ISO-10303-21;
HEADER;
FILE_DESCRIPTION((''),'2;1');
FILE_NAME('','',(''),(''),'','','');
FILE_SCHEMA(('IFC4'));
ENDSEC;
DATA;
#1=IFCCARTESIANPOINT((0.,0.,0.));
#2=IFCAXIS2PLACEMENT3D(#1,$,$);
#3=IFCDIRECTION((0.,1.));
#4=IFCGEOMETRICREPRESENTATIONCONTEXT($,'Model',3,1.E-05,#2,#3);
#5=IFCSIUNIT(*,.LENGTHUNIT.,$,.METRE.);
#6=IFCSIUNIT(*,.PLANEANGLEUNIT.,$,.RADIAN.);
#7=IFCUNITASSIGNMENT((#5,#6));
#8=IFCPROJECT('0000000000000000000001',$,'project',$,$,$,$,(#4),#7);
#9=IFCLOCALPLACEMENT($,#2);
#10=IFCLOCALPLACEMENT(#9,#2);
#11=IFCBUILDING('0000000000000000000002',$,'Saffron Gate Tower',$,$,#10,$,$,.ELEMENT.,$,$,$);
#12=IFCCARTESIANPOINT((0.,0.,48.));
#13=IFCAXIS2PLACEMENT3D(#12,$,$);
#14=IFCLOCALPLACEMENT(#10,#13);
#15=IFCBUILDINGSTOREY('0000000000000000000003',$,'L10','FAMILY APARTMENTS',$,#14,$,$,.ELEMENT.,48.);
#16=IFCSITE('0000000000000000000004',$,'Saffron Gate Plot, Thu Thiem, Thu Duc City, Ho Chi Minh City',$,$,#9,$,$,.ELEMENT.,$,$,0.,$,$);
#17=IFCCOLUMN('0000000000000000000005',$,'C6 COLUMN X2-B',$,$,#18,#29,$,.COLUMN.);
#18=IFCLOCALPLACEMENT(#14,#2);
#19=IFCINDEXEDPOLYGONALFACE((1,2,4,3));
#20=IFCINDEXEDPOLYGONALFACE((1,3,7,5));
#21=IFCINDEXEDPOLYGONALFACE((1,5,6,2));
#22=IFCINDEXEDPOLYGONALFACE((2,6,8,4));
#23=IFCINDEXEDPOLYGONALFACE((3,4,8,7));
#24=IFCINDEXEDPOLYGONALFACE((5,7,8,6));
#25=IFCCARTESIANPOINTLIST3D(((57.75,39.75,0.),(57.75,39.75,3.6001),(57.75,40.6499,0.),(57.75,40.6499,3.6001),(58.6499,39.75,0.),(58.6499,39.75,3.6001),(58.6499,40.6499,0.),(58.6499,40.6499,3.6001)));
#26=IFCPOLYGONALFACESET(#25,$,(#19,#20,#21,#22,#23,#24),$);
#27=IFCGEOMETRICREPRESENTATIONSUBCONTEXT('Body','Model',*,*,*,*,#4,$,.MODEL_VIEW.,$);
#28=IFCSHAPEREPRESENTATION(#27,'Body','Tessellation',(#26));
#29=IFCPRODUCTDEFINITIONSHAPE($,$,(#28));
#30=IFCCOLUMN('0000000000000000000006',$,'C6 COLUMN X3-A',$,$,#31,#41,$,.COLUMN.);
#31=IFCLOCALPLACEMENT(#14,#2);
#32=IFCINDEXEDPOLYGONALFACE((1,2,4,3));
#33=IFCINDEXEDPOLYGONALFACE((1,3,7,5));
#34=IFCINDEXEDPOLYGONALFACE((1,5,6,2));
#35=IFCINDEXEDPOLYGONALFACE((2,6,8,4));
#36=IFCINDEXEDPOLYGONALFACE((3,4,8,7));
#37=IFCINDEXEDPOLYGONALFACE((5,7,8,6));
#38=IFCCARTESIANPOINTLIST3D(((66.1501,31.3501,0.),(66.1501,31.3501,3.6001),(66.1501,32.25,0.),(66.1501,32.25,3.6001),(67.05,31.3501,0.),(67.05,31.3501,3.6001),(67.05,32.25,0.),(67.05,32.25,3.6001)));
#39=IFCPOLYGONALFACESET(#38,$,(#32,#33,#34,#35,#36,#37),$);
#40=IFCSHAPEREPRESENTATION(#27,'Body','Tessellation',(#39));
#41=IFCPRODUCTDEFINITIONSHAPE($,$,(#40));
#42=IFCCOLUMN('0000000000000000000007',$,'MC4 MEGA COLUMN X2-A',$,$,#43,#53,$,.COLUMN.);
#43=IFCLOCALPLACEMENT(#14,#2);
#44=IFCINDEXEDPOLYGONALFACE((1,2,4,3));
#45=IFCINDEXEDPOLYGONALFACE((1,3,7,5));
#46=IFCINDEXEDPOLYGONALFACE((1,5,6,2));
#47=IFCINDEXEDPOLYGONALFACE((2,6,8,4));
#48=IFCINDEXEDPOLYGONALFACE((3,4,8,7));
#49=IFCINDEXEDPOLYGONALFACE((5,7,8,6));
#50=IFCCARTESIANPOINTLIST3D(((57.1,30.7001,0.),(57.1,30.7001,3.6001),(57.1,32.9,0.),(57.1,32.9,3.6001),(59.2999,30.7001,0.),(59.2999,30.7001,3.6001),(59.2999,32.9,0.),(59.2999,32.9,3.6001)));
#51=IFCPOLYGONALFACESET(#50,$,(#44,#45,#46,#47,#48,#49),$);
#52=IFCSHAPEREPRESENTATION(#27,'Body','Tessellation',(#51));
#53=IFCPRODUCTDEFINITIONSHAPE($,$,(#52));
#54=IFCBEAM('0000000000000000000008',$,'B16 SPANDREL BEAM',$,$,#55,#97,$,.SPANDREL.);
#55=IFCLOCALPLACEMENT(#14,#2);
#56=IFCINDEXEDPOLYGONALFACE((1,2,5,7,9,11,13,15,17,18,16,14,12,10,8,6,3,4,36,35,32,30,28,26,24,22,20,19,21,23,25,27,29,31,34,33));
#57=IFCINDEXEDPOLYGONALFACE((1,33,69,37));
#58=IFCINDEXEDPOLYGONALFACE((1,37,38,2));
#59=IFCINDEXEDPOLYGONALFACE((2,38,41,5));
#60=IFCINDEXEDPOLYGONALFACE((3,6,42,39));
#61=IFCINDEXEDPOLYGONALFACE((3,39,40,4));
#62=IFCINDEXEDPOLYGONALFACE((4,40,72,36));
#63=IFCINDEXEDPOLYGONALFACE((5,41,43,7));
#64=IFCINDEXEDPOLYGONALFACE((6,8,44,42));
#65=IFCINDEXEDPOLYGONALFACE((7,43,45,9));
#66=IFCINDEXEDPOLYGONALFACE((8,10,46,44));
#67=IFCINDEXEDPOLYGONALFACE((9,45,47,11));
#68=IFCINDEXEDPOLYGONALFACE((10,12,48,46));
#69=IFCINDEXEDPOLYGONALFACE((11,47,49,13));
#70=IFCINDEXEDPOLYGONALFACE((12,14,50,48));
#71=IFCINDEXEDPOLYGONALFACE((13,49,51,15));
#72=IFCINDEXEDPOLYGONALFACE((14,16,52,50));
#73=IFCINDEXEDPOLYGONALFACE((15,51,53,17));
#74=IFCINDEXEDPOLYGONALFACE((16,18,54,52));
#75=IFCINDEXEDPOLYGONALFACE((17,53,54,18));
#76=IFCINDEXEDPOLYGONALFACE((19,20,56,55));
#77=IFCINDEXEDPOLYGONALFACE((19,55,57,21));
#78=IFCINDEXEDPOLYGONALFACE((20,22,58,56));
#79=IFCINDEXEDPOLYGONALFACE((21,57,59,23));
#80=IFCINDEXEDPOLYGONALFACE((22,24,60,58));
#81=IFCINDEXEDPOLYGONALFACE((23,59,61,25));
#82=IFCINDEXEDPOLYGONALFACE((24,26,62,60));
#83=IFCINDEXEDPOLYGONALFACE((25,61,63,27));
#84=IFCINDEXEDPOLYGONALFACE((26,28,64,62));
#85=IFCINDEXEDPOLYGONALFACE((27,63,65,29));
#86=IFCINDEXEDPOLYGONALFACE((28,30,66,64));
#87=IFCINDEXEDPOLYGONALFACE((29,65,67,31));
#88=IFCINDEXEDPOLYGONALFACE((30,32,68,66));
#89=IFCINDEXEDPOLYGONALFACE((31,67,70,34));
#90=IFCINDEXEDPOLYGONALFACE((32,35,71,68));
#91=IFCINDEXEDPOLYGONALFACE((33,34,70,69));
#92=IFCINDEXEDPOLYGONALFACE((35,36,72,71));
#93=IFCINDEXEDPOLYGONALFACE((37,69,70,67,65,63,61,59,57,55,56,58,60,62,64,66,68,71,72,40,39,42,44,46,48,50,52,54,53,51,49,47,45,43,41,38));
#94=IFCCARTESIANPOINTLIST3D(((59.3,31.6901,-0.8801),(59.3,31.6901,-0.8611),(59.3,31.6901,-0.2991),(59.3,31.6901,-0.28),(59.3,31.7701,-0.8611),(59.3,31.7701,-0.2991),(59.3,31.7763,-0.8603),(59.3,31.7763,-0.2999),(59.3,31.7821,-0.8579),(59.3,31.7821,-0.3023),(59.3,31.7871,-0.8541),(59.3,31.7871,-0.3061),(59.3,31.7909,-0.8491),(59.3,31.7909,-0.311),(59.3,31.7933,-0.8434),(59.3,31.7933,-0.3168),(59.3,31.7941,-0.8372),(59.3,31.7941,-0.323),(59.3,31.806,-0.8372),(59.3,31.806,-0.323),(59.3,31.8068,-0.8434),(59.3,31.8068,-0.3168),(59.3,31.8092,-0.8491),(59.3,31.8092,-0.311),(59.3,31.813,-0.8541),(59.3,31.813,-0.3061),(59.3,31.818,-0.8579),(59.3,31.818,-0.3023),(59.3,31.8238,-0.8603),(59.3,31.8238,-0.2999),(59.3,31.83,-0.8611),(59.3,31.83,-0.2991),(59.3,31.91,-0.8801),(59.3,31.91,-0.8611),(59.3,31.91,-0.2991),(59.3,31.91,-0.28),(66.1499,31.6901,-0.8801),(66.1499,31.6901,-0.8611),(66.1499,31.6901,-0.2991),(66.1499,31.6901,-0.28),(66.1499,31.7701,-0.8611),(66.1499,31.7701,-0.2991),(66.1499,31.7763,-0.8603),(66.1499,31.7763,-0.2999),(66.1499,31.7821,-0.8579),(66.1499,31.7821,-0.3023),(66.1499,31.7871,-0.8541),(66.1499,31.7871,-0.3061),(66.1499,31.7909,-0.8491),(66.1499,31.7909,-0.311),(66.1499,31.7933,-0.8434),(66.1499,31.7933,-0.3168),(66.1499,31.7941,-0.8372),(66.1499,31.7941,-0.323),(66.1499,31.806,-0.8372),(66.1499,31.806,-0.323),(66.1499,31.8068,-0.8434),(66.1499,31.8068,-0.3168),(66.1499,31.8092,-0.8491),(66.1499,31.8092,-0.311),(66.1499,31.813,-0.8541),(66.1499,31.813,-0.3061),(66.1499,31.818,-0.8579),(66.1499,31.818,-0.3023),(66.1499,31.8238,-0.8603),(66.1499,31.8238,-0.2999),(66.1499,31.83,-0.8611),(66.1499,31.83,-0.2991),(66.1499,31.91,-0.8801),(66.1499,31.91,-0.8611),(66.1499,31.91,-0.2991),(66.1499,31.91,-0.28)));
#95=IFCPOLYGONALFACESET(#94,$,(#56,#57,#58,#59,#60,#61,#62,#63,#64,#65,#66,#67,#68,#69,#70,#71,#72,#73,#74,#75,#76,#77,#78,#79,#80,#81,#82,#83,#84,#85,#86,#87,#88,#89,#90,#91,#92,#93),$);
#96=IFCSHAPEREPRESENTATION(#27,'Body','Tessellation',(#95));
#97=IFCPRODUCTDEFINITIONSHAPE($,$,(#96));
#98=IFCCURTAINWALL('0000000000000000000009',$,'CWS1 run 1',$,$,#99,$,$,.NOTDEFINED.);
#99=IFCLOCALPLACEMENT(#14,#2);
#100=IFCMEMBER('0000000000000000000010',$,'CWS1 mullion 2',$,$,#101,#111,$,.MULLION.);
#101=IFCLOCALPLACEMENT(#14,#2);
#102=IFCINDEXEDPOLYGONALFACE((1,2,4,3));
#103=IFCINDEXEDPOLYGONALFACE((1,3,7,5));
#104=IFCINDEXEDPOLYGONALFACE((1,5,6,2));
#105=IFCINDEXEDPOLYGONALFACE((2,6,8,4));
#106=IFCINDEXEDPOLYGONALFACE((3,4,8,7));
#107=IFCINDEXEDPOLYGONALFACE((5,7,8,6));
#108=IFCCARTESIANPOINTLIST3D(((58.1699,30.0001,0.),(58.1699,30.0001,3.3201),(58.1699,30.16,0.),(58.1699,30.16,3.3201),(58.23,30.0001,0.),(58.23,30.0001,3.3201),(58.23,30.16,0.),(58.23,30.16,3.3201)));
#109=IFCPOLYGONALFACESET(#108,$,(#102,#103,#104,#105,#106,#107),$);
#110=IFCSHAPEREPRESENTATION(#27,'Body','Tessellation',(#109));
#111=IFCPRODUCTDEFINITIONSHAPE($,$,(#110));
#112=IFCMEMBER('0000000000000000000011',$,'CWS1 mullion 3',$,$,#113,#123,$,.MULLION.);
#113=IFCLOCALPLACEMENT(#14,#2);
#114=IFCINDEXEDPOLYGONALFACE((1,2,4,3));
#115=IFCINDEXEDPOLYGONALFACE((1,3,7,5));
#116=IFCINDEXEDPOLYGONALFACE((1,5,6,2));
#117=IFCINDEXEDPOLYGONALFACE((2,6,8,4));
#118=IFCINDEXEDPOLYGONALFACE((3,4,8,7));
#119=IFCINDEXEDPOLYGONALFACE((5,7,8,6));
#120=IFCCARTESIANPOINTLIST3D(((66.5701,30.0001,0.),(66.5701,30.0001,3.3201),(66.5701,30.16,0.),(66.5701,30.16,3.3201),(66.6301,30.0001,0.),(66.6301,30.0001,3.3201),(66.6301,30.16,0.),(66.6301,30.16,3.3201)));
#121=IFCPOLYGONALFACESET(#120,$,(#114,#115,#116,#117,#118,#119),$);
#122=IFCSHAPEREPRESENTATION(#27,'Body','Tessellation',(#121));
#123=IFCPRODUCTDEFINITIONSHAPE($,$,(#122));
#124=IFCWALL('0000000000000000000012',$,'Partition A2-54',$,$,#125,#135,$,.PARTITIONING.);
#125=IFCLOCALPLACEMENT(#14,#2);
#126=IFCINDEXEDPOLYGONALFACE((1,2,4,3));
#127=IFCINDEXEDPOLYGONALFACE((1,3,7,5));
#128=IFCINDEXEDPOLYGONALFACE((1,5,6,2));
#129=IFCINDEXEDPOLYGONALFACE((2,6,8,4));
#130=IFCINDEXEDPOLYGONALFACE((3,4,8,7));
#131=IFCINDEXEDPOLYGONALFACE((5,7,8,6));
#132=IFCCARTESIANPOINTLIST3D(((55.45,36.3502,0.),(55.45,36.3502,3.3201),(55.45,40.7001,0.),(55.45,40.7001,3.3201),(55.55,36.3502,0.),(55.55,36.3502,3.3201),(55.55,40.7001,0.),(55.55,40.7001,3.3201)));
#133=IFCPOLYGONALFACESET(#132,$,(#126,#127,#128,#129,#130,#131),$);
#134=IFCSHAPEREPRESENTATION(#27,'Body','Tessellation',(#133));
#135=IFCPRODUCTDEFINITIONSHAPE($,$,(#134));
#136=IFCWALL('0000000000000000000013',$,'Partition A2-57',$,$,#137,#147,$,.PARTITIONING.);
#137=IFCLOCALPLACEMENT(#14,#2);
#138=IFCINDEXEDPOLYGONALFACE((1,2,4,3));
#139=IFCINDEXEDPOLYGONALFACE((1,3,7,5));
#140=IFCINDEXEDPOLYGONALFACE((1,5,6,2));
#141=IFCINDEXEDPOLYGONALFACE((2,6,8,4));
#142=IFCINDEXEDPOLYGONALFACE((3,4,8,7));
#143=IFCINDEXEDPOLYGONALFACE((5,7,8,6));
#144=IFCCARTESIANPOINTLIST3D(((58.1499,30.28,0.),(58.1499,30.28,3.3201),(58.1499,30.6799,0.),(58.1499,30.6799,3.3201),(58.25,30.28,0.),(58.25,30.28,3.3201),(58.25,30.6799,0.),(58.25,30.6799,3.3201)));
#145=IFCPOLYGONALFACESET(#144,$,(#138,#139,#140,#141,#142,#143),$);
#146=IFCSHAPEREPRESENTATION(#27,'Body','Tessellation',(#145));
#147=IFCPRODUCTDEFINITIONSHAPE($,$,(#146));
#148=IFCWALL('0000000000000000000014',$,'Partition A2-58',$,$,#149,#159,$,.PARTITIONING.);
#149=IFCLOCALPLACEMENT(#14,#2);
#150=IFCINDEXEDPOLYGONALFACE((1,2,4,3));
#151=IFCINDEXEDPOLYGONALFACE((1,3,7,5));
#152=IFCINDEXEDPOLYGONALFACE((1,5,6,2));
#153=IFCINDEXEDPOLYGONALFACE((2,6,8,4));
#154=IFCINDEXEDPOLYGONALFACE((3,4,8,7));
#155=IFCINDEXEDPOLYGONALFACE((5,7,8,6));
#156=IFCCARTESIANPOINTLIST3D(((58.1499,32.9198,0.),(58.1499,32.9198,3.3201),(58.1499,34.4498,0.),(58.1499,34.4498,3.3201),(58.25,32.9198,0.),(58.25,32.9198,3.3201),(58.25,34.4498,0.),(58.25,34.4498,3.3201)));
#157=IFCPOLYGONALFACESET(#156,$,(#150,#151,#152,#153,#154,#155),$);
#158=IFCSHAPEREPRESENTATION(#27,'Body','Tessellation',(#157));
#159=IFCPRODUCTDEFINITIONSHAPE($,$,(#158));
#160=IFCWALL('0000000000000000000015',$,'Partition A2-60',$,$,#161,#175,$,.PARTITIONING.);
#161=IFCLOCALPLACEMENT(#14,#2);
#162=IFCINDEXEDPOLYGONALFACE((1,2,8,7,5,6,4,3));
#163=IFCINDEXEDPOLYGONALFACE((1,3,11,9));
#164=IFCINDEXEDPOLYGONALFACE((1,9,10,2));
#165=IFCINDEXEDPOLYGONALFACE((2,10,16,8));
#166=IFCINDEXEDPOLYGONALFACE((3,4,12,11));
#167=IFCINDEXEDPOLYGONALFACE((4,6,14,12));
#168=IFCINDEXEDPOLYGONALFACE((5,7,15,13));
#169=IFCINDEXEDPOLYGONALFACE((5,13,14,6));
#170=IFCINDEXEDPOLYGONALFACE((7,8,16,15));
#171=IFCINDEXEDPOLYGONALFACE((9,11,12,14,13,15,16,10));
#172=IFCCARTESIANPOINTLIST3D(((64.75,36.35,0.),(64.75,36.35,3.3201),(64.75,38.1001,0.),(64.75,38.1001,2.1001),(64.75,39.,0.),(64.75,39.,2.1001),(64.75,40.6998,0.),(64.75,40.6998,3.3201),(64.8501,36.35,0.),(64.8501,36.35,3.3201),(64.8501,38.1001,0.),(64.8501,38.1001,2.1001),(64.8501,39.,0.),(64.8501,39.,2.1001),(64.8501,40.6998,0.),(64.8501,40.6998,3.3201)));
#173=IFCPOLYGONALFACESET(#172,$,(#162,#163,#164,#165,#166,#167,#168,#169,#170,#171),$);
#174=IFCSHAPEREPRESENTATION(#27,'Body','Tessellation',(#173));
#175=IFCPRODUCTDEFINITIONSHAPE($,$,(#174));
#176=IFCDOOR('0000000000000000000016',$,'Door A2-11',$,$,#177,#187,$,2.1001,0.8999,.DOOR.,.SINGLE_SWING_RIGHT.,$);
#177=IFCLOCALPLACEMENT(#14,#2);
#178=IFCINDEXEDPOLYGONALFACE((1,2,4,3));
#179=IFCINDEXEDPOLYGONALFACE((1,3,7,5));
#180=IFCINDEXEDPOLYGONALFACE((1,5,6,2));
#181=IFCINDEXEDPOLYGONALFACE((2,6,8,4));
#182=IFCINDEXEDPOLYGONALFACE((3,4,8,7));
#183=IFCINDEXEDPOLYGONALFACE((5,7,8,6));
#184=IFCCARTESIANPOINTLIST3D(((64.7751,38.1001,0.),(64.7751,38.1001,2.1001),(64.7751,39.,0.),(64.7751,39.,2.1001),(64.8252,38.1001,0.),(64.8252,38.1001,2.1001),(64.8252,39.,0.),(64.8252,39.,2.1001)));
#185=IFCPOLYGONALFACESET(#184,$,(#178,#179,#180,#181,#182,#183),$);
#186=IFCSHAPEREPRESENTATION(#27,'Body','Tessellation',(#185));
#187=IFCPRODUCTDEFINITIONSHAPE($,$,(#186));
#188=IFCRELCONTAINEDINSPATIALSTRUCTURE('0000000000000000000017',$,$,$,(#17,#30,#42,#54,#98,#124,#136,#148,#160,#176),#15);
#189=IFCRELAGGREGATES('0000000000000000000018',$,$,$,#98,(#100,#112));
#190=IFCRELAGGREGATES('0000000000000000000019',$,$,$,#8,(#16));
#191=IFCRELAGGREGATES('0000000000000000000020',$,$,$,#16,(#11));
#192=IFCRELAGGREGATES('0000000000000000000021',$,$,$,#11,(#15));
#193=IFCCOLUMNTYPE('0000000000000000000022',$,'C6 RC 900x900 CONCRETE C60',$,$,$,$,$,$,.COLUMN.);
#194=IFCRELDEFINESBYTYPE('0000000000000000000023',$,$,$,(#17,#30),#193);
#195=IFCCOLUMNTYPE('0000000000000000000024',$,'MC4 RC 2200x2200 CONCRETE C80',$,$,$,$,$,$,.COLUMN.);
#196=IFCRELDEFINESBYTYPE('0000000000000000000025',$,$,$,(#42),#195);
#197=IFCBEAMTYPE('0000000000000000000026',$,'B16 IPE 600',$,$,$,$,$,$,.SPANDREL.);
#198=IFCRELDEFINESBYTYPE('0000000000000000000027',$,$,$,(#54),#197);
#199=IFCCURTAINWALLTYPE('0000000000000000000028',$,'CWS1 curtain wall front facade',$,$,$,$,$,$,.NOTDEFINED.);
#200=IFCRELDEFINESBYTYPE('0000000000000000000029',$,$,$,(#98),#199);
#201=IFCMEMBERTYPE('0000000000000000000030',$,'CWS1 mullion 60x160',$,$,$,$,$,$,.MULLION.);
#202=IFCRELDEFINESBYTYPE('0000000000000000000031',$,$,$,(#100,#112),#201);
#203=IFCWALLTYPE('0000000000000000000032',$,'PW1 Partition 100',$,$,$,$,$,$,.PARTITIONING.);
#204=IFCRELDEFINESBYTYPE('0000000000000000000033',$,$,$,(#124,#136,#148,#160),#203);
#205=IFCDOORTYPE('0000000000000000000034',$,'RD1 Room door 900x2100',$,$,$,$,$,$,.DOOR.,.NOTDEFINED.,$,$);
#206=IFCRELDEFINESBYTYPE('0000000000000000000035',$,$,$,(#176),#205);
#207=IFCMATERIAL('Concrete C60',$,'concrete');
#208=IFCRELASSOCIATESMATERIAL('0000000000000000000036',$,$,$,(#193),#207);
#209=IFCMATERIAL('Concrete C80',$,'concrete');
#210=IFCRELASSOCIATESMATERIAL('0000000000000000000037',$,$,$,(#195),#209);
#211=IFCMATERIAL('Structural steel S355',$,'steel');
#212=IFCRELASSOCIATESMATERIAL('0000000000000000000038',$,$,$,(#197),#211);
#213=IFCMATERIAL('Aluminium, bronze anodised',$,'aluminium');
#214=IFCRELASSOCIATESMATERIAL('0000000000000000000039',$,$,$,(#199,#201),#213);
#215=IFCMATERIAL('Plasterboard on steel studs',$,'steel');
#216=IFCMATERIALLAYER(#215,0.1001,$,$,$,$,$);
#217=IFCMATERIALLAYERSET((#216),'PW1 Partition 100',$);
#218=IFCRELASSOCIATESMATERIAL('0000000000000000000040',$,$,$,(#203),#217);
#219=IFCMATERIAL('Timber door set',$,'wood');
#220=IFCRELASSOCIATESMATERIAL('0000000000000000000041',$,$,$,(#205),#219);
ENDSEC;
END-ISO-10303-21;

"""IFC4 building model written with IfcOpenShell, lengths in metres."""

from ifc_helpers import new_model, si_unit, direction, frame, frame_2d, origin, origin_2d, place, context, subcontext, project, spatial, rectangle, i_section, extrude, material, layer, layer_set, material_profile, profile_set, type_object, element, fill, aggregate, save


model = new_model("IFC4")

# Units and contexts
model_context = context("Model", 3, precision=1e-05, world=origin(), true_north=direction((0.0, 1.0)))
body_context = subcontext(model_context, "Body", "Model", "MODEL_VIEW")
ifc_project = project(units=[si_unit("LENGTHUNIT", "METRE"), si_unit("PLANEANGLEUNIT", "RADIAN")], contexts=[model_context])

# Site, building, storey
site_placement = place(None, origin())
site = spatial("IfcSite", under=ifc_project, at=site_placement, Name="Saffron Gate Plot, Thu Thiem, Thu Duc City, Ho Chi Minh City", CompositionType="ELEMENT", RefElevation=0.0)
building_placement = place(site_placement, origin())
building = spatial("IfcBuilding", under=site, at=building_placement, Name="Saffron Gate Tower", CompositionType="ELEMENT")
storey_placement = place(building_placement, frame((0.0, 0.0, 48.0)))
storey = spatial("IfcBuildingStorey", under=building, at=storey_placement, Name="L10", Description="FAMILY APARTMENTS", CompositionType="ELEMENT", Elevation=48.0)

# Columns
ifc_material_1 = material(Name="Concrete C60", Category="concrete")
ifc_material_profile_1 = material_profile(ifc_material_1, rectangle(XDim=0.8999, YDim=0.8999, at=origin_2d()))
ifc_profile_set_1 = profile_set([ifc_material_profile_1], Name="Concrete C60")
column_type_1 = type_object("IfcColumnType", Name="C6 RC 900x900 CONCRETE C60", PredefinedType="COLUMN", material=ifc_profile_set_1)
for number, where, z_axis, x_axis, name in (
    (1, (58.2, 40.2, 0.0), (0.0, 0.0, 1.0), (1.0, 0.0, 0.0), "C6 COLUMN X2-B"),
    (2, (66.6001, 31.8, 0.0), (0.0, 0.0, 1.0), (1.0, 0.0, 0.0), "C6 COLUMN X3-A"),
):
    element("IfcColumn", number, at=place(storey_placement, frame(where, z_axis=z_axis, x_axis=x_axis)), inside=storey, type_object=column_type_1, Name=name, PredefinedType="COLUMN", context=body_context, shape_type="SweptSolid", body=[
        extrude(rectangle(XDim=0.8999, YDim=0.8999, at=origin_2d()), origin(), (0.0, 0.0, 1.0), 3.6001),
    ])
ifc_material_2 = material(Name="Concrete C80", Category="concrete")
ifc_material_profile_2 = material_profile(ifc_material_2, rectangle(XDim=2.2, YDim=2.2, at=origin_2d()))
ifc_profile_set_2 = profile_set([ifc_material_profile_2], Name="Concrete C80")
column_type_2 = type_object("IfcColumnType", Name="MC4 RC 2200x2200 CONCRETE C80", PredefinedType="COLUMN", material=ifc_profile_set_2)
column_placement = place(storey_placement, frame((58.2, 31.8, 0.0), z_axis=(0.0, 0.0, 1.0), x_axis=(1.0, 0.0, 0.0)))
element("IfcColumn", 3, at=column_placement, inside=storey, type_object=column_type_2, Name="MC4 MEGA COLUMN X2-A", PredefinedType="COLUMN", context=body_context, shape_type="SweptSolid", body=[
    extrude(rectangle(XDim=2.2, YDim=2.2, at=origin_2d()), origin(), (0.0, 0.0, 1.0), 3.6001),
])

# Beam
ifc_material_3 = material(Name="Structural steel S355", Category="steel")
ifc_material_profile_3 = material_profile(ifc_material_3, i_section(OverallWidth=0.22, OverallDepth=0.6001, WebThickness=0.012, FlangeThickness=0.019, FilletRadius=0.0239, at=origin_2d()))
ifc_profile_set_3 = profile_set([ifc_material_profile_3], Name="Structural steel S355")
beam_type = type_object("IfcBeamType", Name="B16 IPE 600", PredefinedType="SPANDREL", material=ifc_profile_set_3)
beam_placement = place(storey_placement, frame((59.3, 31.8, -0.5801), z_axis=(1.0, 0.0, 0.0), x_axis=(0.0, 1.0, 0.0)))
element("IfcBeam", 4, at=beam_placement, inside=storey, type_object=beam_type, Name="B16 SPANDREL BEAM", PredefinedType="SPANDREL", context=body_context, shape_type="SweptSolid", body=[
    extrude(i_section(OverallWidth=0.22, OverallDepth=0.6001, WebThickness=0.012, FlangeThickness=0.019, FilletRadius=0.0239, at=origin_2d()), origin(), (0.0, 0.0, 1.0), 6.8499),
])

# Curtain wall, members
ifc_material_4 = material(Name="Aluminium, bronze anodised", Category="aluminium")
curtain_wall_type = type_object("IfcCurtainWallType", Name="CWS1 curtain wall front facade", PredefinedType="NOTDEFINED", material=ifc_material_4)
curtain_wall_placement = place(storey_placement, origin())
curtain_wall = element("IfcCurtainWall", 5, at=curtain_wall_placement, inside=storey, type_object=curtain_wall_type, Name="CWS1 run 1", PredefinedType="NOTDEFINED")
ifc_material_profile_4 = material_profile(ifc_material_4, rectangle(XDim=0.1599, YDim=0.0601, at=origin_2d()))
ifc_profile_set_4 = profile_set([ifc_material_profile_4], Name="Aluminium, bronze anodised")
member_type = type_object("IfcMemberType", Name="CWS1 mullion 60x160", PredefinedType="MULLION", material=ifc_profile_set_4)
member_1_placement = place(storey_placement, frame((58.2, 30.0801, 0.0), z_axis=(0.0, 0.0, 1.0), x_axis=(0.0, 1.0, 0.0)))
member_1 = element("IfcMember", 6, at=member_1_placement, type_object=member_type, Name="CWS1 mullion 2", PredefinedType="MULLION", context=body_context, shape_type="SweptSolid", body=[
    extrude(rectangle(XDim=0.1599, YDim=0.0601, at=origin_2d()), origin(), (0.0, 0.0, 1.0), 3.3201),
])
member_2_placement = place(storey_placement, frame((66.6001, 30.0801, 0.0), z_axis=(0.0, 0.0, 1.0), x_axis=(0.0, 1.0, 0.0)))
member_2 = element("IfcMember", 7, at=member_2_placement, type_object=member_type, Name="CWS1 mullion 3", PredefinedType="MULLION", context=body_context, shape_type="SweptSolid", body=[
    extrude(rectangle(XDim=0.1599, YDim=0.0601, at=origin_2d()), origin(), (0.0, 0.0, 1.0), 3.3201),
])
aggregate(curtain_wall, [member_1, member_2])

# Walls
ifc_material_5 = material(Name="Plasterboard on steel studs", Category="steel")
ifc_layer_1 = layer(ifc_material_5, 0.1001)
ifc_layer_set_1 = layer_set([ifc_layer_1], Name="PW1 Partition 100")
wall_type_1 = type_object("IfcWallType", Name="PW1 Partition 100", PredefinedType="PARTITIONING", material=ifc_layer_set_1)
wall_1_placement = place(storey_placement, frame((55.5, 40.7, 0.0), z_axis=(0.0, 0.0, 1.0), x_axis=(0.0, -1.0, 0.0)))
element("IfcWall", 8, at=wall_1_placement, inside=storey, type_object=wall_type_1, Name="Partition A2-54", PredefinedType="PARTITIONING", context=body_context, shape_type="SweptSolid", body=[
    extrude(rectangle(XDim=4.3499, YDim=0.1001, at=frame_2d((2.1748, 0.0))), origin(), (0.0, 0.0, 1.0), 3.3201),
])
wall_2_placement = place(storey_placement, frame((58.2, 30.6799, 0.0), z_axis=(0.0, 0.0, 1.0), x_axis=(0.0, -1.0, 0.0)))
element("IfcWall", 9, at=wall_2_placement, inside=storey, type_object=wall_type_1, Name="Partition A2-57", PredefinedType="PARTITIONING", context=body_context, shape_type="SweptSolid", body=[
    extrude(rectangle(XDim=0.3999, YDim=0.1001, at=frame_2d((0.2, 0.0))), origin(), (0.0, 0.0, 1.0), 3.3201),
])
wall_3_placement = place(storey_placement, frame((58.2, 34.45, 0.0), z_axis=(0.0, 0.0, 1.0), x_axis=(0.0, -1.0, 0.0)))
element("IfcWall", 10, at=wall_3_placement, inside=storey, type_object=wall_type_1, Name="Partition A2-58", PredefinedType="PARTITIONING", context=body_context, shape_type="SweptSolid", body=[
    extrude(rectangle(XDim=1.53, YDim=0.1001, at=frame_2d((0.7651, 0.0))), origin(), (0.0, 0.0, 1.0), 3.3201),
])

# Wall, opening, door
wall_4_placement = place(storey_placement, frame((64.8, 36.3501, 0.0), z_axis=(0.0, 0.0, 1.0), x_axis=(0.0, 1.0, 0.0)))
wall_4 = element("IfcWall", 11, at=wall_4_placement, inside=storey, type_object=wall_type_1, Name="Partition A2-60", PredefinedType="PARTITIONING", context=body_context, shape_type="SweptSolid", body=[
    extrude(rectangle(XDim=4.3499, YDim=0.1001, at=frame_2d((2.1748, 0.0))), origin(), (0.0, 0.0, 1.0), 3.3201),
])
opening_1_placement = place(wall_4_placement, frame((1.75, 0.0, 0.0)))
opening_1 = element("IfcOpeningElement", 12, at=opening_1_placement, cuts=wall_4, PredefinedType="OPENING", context=body_context, shape_type="SweptSolid", body=[
    extrude(rectangle(XDim=0.8999, YDim=2.1001, at=frame_2d((0.45, 1.05))), frame((0.0, 0.0601, 0.0), z_axis=(0.0, -1.0, 0.0), x_axis=(1.0, 0.0, 0.0)), (0.0, 0.0, 1.0), 0.1201),
])
ifc_material_6 = material(Name="Timber door set", Category="wood")
door_type_1 = type_object("IfcDoorType", Name="RD1 Room door 900x2100", OperationType="NOTDEFINED", PredefinedType="DOOR", material=ifc_material_6)
door_1_placement = place(opening_1_placement, origin())
door_1 = element("IfcDoor", 13, at=door_1_placement, inside=storey, type_object=door_type_1, Name="Door A2-11", OperationType="SINGLE_SWING_RIGHT", OverallHeight=2.1001, OverallWidth=0.8999, PredefinedType="DOOR", context=body_context, shape_type="SweptSolid", body=[
    extrude(rectangle(XDim=0.8999, YDim=2.1001, at=frame_2d((0.45, 1.05))), frame((0.0, 0.0249, 0.0), z_axis=(0.0, -1.0, 0.0), x_axis=(1.0, 0.0, 0.0)), (0.0, 0.0, 1.0), 0.05),
])
fill(opening_1, door_1)

save(model, "model.ifc")
